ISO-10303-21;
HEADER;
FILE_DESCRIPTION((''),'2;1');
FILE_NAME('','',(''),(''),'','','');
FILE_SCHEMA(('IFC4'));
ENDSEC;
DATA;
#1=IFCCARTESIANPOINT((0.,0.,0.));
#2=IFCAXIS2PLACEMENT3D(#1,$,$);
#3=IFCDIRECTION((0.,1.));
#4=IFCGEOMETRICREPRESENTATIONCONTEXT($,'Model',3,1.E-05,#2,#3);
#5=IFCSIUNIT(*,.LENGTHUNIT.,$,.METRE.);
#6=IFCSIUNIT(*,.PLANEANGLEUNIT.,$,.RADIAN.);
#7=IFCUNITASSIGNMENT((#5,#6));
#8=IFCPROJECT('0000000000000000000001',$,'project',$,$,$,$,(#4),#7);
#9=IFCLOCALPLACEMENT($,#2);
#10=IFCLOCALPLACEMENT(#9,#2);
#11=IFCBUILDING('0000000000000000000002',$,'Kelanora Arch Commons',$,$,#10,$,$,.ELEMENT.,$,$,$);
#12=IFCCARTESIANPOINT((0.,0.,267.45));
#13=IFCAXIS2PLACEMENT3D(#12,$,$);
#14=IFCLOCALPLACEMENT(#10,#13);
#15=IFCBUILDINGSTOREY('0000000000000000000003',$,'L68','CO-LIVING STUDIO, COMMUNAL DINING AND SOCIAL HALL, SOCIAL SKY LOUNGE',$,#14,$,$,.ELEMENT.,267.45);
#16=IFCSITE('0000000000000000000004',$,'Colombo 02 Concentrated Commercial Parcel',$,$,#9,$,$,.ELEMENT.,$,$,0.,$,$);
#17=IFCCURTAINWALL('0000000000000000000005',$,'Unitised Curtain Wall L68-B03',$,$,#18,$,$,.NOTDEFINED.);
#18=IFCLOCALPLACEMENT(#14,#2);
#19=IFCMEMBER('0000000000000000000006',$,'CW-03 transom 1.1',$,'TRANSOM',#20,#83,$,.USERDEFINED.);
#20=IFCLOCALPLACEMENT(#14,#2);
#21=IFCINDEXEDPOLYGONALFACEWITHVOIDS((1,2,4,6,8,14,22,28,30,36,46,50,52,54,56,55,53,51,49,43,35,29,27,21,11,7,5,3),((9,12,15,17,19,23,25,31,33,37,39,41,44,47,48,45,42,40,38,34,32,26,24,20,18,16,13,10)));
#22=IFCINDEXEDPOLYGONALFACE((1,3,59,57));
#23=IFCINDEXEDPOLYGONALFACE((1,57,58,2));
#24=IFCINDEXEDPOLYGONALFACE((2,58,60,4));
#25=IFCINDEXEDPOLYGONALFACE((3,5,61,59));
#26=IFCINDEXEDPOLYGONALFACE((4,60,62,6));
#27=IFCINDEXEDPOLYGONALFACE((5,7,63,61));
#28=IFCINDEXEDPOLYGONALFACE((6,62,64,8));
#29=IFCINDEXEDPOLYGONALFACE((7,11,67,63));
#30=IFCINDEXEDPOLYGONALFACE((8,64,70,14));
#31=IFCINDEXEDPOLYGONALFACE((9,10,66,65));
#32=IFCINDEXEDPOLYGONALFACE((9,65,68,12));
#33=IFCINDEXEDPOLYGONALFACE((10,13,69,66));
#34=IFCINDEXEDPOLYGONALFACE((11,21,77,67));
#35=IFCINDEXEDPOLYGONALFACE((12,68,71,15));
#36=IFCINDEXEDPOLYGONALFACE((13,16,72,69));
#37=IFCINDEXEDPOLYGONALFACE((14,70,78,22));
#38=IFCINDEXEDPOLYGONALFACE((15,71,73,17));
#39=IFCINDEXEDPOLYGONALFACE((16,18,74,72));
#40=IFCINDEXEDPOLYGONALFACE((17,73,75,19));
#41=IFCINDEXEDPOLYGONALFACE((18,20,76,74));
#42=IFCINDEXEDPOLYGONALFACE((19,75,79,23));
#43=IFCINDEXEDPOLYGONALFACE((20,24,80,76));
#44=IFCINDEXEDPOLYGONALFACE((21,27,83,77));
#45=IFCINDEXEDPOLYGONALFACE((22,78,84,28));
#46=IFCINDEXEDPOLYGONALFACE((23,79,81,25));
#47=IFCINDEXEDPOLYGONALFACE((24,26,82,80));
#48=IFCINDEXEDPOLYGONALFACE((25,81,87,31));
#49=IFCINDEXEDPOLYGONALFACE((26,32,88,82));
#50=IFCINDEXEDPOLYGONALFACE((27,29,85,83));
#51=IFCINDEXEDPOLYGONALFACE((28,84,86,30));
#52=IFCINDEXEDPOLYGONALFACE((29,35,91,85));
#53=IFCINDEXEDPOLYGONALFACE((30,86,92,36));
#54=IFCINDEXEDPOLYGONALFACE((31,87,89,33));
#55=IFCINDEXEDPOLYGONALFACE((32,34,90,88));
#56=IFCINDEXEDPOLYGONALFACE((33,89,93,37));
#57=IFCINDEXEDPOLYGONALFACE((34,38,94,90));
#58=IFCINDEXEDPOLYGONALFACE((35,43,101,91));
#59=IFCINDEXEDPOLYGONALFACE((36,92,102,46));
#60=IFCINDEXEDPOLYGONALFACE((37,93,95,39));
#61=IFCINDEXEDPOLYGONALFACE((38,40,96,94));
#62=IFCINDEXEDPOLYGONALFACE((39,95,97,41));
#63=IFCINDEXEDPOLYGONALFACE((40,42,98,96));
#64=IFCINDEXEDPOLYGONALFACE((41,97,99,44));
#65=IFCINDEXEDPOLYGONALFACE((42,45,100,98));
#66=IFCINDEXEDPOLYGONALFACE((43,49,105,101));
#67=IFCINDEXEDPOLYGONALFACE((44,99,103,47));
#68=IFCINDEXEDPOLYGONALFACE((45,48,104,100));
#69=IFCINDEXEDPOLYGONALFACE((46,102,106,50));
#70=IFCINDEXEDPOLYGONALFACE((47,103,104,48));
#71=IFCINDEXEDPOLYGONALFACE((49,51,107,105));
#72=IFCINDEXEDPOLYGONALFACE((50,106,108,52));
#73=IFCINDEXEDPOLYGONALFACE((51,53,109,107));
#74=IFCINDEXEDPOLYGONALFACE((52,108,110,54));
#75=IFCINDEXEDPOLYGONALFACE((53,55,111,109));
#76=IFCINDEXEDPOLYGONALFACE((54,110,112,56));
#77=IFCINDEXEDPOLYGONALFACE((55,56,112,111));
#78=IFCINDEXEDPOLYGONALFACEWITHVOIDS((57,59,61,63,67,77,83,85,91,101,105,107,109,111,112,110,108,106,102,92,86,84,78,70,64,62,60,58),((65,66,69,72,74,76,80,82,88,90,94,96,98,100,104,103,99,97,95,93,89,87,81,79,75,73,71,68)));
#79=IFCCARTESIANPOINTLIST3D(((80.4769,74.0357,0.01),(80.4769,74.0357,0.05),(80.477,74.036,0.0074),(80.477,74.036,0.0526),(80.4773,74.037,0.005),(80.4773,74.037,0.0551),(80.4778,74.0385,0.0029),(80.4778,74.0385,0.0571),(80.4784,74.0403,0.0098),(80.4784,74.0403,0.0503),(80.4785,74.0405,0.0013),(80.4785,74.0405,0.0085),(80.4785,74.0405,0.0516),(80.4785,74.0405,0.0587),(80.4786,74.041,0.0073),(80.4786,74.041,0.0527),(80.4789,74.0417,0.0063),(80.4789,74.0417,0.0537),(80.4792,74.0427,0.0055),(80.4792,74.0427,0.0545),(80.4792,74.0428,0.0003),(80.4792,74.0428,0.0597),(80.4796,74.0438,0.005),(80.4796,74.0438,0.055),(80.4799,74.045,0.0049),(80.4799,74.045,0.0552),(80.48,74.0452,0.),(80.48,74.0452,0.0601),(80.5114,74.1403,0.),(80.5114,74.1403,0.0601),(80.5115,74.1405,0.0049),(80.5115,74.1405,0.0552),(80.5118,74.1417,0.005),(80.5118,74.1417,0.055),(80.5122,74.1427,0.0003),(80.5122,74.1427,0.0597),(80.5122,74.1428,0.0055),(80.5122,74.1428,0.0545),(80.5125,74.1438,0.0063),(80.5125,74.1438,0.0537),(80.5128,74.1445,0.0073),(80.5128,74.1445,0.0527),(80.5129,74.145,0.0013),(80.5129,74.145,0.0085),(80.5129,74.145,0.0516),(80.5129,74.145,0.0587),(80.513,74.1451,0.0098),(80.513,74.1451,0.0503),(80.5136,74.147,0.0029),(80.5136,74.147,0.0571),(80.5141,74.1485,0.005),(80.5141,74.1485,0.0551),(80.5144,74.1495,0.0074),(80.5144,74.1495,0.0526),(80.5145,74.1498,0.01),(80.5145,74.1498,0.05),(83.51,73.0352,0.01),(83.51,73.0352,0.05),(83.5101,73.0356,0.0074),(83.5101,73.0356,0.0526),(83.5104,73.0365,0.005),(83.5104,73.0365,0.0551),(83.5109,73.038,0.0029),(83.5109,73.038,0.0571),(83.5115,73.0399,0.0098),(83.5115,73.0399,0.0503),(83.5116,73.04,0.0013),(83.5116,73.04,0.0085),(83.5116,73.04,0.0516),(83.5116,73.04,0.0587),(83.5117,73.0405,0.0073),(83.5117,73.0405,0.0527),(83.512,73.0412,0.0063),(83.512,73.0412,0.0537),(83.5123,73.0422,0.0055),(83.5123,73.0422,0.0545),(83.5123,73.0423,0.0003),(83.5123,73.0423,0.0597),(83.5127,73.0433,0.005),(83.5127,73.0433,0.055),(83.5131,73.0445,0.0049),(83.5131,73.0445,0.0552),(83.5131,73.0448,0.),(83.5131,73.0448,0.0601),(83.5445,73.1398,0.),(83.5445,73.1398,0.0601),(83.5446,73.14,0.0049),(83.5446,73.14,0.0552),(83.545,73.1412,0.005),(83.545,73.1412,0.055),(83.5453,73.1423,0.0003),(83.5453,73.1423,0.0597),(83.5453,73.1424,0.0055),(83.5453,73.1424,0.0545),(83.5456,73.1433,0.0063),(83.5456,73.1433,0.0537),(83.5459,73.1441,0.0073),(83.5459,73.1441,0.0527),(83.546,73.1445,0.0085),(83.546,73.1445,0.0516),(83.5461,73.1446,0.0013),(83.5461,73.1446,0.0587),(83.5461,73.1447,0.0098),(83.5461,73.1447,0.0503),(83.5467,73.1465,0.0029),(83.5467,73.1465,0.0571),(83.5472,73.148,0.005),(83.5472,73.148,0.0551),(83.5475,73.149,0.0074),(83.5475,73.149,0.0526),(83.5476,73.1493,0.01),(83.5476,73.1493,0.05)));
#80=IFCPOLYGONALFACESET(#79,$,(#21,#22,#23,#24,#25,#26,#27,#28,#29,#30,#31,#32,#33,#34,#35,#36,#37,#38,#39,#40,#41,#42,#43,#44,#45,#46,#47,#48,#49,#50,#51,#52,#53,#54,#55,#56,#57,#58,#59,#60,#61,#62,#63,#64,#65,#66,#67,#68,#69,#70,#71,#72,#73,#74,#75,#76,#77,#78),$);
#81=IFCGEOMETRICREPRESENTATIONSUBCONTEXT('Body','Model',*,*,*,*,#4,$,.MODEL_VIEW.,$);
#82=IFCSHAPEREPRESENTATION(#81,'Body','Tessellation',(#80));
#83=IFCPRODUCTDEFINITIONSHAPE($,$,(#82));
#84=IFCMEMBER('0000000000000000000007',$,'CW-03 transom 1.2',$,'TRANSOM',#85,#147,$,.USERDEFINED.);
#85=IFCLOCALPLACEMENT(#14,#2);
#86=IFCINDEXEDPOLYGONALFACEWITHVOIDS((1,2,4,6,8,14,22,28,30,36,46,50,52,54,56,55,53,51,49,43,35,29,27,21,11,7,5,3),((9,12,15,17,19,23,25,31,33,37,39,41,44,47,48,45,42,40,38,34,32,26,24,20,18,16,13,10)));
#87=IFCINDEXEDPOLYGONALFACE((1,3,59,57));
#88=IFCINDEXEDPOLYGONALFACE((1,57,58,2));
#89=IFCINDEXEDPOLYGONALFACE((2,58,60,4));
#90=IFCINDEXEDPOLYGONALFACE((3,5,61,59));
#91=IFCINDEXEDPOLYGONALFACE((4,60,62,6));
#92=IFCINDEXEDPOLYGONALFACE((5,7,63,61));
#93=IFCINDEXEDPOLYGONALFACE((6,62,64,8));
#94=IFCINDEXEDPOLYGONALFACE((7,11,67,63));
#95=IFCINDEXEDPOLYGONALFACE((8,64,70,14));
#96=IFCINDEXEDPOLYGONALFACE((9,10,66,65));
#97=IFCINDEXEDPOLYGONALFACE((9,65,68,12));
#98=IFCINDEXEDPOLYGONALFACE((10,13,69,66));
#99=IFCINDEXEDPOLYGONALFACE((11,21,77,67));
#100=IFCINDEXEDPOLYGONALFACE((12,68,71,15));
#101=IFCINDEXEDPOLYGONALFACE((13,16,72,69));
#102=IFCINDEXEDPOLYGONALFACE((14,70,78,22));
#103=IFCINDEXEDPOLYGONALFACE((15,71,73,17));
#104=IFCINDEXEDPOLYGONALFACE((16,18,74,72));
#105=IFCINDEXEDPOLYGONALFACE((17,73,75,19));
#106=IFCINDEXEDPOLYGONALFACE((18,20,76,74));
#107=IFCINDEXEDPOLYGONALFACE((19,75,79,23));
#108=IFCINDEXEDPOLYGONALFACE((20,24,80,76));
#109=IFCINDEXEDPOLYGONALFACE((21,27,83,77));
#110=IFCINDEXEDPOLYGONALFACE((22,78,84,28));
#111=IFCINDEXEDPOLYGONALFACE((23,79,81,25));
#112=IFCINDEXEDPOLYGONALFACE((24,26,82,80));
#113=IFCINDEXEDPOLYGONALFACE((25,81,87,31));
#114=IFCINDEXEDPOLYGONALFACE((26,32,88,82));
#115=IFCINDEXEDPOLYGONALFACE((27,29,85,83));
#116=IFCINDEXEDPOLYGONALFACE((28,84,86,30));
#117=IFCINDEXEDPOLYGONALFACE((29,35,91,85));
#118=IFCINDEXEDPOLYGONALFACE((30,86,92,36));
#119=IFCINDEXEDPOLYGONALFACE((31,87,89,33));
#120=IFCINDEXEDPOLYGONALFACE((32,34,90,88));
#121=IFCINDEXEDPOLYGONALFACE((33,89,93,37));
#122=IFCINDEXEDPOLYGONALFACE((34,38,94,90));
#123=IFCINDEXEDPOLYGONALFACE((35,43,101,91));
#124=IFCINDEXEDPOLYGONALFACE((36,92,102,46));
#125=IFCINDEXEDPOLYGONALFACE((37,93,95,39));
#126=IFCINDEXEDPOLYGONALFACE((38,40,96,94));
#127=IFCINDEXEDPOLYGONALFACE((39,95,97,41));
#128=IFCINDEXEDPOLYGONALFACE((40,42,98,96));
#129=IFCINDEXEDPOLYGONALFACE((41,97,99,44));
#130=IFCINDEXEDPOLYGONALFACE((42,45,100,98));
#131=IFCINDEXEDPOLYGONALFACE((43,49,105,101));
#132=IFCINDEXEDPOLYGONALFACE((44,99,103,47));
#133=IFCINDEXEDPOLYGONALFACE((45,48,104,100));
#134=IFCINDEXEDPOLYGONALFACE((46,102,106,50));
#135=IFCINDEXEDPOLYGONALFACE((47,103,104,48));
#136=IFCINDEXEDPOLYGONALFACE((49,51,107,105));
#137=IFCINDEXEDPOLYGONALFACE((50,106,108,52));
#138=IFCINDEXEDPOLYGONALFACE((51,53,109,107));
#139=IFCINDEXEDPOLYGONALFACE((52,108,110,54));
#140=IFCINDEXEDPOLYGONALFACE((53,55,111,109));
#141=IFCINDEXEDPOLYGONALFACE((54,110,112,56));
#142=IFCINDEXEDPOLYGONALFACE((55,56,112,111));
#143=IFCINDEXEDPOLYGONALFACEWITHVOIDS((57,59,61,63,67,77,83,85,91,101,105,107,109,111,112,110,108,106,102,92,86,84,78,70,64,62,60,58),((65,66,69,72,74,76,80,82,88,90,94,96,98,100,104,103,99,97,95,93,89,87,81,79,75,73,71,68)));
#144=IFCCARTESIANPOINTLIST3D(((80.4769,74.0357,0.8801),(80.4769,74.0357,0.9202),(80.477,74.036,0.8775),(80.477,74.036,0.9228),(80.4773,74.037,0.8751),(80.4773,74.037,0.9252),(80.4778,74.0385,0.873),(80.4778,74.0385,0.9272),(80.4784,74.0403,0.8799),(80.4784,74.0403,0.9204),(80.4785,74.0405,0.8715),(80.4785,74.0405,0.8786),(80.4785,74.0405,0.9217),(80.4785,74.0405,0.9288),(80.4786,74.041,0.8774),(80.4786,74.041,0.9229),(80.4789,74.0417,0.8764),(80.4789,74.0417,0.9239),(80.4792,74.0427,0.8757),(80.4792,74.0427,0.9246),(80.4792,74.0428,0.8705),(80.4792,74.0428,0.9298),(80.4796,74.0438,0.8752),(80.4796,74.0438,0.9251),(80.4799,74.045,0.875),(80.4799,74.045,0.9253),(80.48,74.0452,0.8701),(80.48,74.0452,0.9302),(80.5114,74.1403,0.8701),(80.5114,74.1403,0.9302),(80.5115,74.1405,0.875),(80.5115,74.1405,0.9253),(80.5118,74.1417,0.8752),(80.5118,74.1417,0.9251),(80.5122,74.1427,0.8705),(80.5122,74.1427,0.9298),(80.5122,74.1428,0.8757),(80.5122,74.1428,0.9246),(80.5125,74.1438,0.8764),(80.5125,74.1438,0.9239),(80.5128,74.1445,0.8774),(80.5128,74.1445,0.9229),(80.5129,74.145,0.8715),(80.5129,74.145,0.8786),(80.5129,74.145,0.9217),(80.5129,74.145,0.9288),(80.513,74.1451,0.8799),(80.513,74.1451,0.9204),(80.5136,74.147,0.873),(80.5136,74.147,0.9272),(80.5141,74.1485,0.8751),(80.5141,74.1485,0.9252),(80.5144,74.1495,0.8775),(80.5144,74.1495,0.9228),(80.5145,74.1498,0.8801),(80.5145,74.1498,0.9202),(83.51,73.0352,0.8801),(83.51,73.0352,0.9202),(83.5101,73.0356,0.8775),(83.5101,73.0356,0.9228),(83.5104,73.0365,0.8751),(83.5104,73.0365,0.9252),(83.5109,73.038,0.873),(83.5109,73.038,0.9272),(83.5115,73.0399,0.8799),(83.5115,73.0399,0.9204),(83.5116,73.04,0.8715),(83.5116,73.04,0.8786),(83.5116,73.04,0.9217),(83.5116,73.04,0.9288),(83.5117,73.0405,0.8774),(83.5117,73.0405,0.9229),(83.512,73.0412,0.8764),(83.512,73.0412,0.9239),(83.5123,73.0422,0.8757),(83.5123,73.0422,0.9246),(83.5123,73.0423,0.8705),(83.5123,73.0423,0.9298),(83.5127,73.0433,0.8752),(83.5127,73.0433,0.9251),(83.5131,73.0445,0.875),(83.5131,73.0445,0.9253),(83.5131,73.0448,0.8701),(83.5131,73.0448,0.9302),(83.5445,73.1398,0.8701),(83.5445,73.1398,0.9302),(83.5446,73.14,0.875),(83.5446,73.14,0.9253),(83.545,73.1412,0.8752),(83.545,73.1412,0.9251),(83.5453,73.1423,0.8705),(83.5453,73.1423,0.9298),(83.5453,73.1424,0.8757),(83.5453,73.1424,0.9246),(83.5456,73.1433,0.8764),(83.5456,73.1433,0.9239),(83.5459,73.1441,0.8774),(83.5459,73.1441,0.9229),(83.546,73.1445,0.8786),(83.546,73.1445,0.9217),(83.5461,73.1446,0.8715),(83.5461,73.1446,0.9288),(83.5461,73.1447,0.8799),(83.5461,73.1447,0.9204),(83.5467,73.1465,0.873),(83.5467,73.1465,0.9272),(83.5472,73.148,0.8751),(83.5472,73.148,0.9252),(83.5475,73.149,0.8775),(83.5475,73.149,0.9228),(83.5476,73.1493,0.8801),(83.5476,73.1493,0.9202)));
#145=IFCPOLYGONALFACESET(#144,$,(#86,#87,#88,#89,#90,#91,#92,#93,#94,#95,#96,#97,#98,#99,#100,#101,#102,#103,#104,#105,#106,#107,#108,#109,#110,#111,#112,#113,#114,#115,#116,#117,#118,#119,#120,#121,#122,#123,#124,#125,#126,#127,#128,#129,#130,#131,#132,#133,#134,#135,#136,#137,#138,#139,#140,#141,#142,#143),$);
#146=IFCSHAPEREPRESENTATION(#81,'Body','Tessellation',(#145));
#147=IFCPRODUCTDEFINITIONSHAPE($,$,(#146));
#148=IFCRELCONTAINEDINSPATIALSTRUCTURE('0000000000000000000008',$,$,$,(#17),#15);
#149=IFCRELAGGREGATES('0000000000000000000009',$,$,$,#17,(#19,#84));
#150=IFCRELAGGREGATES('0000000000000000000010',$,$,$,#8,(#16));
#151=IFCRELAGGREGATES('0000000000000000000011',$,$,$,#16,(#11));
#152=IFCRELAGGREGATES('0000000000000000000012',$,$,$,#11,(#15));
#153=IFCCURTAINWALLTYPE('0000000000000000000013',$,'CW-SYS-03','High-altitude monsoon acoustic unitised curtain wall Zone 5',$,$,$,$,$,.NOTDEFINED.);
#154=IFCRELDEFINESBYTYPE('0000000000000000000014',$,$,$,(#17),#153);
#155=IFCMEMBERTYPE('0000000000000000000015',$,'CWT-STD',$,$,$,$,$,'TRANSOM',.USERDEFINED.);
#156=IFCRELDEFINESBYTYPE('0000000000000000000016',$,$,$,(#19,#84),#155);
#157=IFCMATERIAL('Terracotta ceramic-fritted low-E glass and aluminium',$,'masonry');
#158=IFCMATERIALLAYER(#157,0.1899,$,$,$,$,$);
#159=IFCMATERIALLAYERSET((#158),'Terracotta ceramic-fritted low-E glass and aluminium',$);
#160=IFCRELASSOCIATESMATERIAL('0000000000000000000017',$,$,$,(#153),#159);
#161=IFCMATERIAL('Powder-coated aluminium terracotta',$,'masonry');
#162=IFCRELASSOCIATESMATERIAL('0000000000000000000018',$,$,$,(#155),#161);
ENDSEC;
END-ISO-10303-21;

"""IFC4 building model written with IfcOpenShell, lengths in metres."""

from ifc_helpers import new_model, si_unit, direction, frame, origin, origin_2d, place, context, subcontext, project, spatial, hollow_rectangle, extrude, material, layer, layer_set, material_profile, profile_set, type_object, element, aggregate, save


model = new_model("IFC4")

# Units and contexts
model_context = context("Model", 3, precision=1e-05, world=origin(), true_north=direction((0.0, 1.0)))
body_context = subcontext(model_context, "Body", "Model", "MODEL_VIEW")
ifc_project = project(units=[si_unit("LENGTHUNIT", "METRE"), si_unit("PLANEANGLEUNIT", "RADIAN")], contexts=[model_context])

# Site, building, storey
site_placement = place(None, origin())
site = spatial("IfcSite", under=ifc_project, at=site_placement, Name="Colombo 02 Concentrated Commercial Parcel", CompositionType="ELEMENT", RefElevation=0.0)
building_placement = place(site_placement, origin())
building = spatial("IfcBuilding", under=site, at=building_placement, Name="Kelanora Arch Commons", CompositionType="ELEMENT")
storey_placement = place(building_placement, frame((0.0, 0.0, 267.45)))
storey = spatial("IfcBuildingStorey", under=building, at=storey_placement, Name="L68", Description="CO-LIVING STUDIO, COMMUNAL DINING AND SOCIAL HALL, SOCIAL SKY LOUNGE", CompositionType="ELEMENT", Elevation=267.45)

# Shared definitions
ifc_material_1 = material(Name="Terracotta ceramic-fritted low-E glass and aluminium", Category="masonry")
ifc_layer_1 = layer(ifc_material_1, 0.1899)
ifc_layer_set_1 = layer_set([ifc_layer_1], Name="Terracotta ceramic-fritted low-E glass and aluminium")
curtain_wall_type = type_object("IfcCurtainWallType", Name="CW-SYS-03", Description="High-altitude monsoon acoustic unitised curtain wall Zone 5", PredefinedType="NOTDEFINED", material=ifc_layer_set_1)
ifc_material_2 = material(Name="Powder-coated aluminium terracotta", Category="masonry")

# Curtain wall, members
curtain_wall_1_placement = place(storey_placement, origin())
curtain_wall_1 = element("IfcCurtainWall", 1, at=curtain_wall_1_placement, inside=storey, type_object=curtain_wall_type, Name="Unitised Curtain Wall L68-B03", PredefinedType="NOTDEFINED")
ifc_material_profile_1 = material_profile(ifc_material_2, hollow_rectangle(XDim=0.1201, YDim=0.0601, WallThickness=0.0049, InnerFilletRadius=0.0049, OuterFilletRadius=0.01, at=origin_2d()), Name="CWT120x60")
ifc_profile_set_1 = profile_set([ifc_material_profile_1], Name="Powder-coated aluminium terracotta")
member_type_1 = type_object("IfcMemberType", Name="CWT-STD", ElementType="TRANSOM", PredefinedType="USERDEFINED", material=ifc_profile_set_1)
member_1_placement = place(storey_placement, frame((83.5288, 73.0923, 0.03), z_axis=(-0.949672, 0.313245, 0.0), x_axis=(-0.313245, -0.949672, 0.0)))
member_1 = element("IfcMember", 2, at=member_1_placement, type_object=member_type_1, Name="CW-03 transom 1.1", ObjectType="TRANSOM", PredefinedType="USERDEFINED", context=body_context, shape_type="SweptSolid", body=[
    extrude(hollow_rectangle(XDim=0.1201, YDim=0.0601, WallThickness=0.0049, InnerFilletRadius=0.0049, OuterFilletRadius=0.01, at=origin_2d()), origin(), (0.0, 0.0, 1.0), 3.1938),
])
member_2_placement = place(storey_placement, frame((83.5288, 73.0923, 0.9001), z_axis=(-0.949672, 0.313245, 0.0), x_axis=(-0.313245, -0.949672, 0.0)))
member_2 = element("IfcMember", 3, at=member_2_placement, type_object=member_type_1, Name="CW-03 transom 1.2", ObjectType="TRANSOM", PredefinedType="USERDEFINED", context=body_context, shape_type="SweptSolid", body=[
    extrude(hollow_rectangle(XDim=0.1201, YDim=0.0601, WallThickness=0.0049, InnerFilletRadius=0.0049, OuterFilletRadius=0.01, at=origin_2d()), origin(), (0.0, 0.0, 1.0), 3.1938),
])
aggregate(curtain_wall_1, [member_1, member_2])

save(model, "model.ifc")
